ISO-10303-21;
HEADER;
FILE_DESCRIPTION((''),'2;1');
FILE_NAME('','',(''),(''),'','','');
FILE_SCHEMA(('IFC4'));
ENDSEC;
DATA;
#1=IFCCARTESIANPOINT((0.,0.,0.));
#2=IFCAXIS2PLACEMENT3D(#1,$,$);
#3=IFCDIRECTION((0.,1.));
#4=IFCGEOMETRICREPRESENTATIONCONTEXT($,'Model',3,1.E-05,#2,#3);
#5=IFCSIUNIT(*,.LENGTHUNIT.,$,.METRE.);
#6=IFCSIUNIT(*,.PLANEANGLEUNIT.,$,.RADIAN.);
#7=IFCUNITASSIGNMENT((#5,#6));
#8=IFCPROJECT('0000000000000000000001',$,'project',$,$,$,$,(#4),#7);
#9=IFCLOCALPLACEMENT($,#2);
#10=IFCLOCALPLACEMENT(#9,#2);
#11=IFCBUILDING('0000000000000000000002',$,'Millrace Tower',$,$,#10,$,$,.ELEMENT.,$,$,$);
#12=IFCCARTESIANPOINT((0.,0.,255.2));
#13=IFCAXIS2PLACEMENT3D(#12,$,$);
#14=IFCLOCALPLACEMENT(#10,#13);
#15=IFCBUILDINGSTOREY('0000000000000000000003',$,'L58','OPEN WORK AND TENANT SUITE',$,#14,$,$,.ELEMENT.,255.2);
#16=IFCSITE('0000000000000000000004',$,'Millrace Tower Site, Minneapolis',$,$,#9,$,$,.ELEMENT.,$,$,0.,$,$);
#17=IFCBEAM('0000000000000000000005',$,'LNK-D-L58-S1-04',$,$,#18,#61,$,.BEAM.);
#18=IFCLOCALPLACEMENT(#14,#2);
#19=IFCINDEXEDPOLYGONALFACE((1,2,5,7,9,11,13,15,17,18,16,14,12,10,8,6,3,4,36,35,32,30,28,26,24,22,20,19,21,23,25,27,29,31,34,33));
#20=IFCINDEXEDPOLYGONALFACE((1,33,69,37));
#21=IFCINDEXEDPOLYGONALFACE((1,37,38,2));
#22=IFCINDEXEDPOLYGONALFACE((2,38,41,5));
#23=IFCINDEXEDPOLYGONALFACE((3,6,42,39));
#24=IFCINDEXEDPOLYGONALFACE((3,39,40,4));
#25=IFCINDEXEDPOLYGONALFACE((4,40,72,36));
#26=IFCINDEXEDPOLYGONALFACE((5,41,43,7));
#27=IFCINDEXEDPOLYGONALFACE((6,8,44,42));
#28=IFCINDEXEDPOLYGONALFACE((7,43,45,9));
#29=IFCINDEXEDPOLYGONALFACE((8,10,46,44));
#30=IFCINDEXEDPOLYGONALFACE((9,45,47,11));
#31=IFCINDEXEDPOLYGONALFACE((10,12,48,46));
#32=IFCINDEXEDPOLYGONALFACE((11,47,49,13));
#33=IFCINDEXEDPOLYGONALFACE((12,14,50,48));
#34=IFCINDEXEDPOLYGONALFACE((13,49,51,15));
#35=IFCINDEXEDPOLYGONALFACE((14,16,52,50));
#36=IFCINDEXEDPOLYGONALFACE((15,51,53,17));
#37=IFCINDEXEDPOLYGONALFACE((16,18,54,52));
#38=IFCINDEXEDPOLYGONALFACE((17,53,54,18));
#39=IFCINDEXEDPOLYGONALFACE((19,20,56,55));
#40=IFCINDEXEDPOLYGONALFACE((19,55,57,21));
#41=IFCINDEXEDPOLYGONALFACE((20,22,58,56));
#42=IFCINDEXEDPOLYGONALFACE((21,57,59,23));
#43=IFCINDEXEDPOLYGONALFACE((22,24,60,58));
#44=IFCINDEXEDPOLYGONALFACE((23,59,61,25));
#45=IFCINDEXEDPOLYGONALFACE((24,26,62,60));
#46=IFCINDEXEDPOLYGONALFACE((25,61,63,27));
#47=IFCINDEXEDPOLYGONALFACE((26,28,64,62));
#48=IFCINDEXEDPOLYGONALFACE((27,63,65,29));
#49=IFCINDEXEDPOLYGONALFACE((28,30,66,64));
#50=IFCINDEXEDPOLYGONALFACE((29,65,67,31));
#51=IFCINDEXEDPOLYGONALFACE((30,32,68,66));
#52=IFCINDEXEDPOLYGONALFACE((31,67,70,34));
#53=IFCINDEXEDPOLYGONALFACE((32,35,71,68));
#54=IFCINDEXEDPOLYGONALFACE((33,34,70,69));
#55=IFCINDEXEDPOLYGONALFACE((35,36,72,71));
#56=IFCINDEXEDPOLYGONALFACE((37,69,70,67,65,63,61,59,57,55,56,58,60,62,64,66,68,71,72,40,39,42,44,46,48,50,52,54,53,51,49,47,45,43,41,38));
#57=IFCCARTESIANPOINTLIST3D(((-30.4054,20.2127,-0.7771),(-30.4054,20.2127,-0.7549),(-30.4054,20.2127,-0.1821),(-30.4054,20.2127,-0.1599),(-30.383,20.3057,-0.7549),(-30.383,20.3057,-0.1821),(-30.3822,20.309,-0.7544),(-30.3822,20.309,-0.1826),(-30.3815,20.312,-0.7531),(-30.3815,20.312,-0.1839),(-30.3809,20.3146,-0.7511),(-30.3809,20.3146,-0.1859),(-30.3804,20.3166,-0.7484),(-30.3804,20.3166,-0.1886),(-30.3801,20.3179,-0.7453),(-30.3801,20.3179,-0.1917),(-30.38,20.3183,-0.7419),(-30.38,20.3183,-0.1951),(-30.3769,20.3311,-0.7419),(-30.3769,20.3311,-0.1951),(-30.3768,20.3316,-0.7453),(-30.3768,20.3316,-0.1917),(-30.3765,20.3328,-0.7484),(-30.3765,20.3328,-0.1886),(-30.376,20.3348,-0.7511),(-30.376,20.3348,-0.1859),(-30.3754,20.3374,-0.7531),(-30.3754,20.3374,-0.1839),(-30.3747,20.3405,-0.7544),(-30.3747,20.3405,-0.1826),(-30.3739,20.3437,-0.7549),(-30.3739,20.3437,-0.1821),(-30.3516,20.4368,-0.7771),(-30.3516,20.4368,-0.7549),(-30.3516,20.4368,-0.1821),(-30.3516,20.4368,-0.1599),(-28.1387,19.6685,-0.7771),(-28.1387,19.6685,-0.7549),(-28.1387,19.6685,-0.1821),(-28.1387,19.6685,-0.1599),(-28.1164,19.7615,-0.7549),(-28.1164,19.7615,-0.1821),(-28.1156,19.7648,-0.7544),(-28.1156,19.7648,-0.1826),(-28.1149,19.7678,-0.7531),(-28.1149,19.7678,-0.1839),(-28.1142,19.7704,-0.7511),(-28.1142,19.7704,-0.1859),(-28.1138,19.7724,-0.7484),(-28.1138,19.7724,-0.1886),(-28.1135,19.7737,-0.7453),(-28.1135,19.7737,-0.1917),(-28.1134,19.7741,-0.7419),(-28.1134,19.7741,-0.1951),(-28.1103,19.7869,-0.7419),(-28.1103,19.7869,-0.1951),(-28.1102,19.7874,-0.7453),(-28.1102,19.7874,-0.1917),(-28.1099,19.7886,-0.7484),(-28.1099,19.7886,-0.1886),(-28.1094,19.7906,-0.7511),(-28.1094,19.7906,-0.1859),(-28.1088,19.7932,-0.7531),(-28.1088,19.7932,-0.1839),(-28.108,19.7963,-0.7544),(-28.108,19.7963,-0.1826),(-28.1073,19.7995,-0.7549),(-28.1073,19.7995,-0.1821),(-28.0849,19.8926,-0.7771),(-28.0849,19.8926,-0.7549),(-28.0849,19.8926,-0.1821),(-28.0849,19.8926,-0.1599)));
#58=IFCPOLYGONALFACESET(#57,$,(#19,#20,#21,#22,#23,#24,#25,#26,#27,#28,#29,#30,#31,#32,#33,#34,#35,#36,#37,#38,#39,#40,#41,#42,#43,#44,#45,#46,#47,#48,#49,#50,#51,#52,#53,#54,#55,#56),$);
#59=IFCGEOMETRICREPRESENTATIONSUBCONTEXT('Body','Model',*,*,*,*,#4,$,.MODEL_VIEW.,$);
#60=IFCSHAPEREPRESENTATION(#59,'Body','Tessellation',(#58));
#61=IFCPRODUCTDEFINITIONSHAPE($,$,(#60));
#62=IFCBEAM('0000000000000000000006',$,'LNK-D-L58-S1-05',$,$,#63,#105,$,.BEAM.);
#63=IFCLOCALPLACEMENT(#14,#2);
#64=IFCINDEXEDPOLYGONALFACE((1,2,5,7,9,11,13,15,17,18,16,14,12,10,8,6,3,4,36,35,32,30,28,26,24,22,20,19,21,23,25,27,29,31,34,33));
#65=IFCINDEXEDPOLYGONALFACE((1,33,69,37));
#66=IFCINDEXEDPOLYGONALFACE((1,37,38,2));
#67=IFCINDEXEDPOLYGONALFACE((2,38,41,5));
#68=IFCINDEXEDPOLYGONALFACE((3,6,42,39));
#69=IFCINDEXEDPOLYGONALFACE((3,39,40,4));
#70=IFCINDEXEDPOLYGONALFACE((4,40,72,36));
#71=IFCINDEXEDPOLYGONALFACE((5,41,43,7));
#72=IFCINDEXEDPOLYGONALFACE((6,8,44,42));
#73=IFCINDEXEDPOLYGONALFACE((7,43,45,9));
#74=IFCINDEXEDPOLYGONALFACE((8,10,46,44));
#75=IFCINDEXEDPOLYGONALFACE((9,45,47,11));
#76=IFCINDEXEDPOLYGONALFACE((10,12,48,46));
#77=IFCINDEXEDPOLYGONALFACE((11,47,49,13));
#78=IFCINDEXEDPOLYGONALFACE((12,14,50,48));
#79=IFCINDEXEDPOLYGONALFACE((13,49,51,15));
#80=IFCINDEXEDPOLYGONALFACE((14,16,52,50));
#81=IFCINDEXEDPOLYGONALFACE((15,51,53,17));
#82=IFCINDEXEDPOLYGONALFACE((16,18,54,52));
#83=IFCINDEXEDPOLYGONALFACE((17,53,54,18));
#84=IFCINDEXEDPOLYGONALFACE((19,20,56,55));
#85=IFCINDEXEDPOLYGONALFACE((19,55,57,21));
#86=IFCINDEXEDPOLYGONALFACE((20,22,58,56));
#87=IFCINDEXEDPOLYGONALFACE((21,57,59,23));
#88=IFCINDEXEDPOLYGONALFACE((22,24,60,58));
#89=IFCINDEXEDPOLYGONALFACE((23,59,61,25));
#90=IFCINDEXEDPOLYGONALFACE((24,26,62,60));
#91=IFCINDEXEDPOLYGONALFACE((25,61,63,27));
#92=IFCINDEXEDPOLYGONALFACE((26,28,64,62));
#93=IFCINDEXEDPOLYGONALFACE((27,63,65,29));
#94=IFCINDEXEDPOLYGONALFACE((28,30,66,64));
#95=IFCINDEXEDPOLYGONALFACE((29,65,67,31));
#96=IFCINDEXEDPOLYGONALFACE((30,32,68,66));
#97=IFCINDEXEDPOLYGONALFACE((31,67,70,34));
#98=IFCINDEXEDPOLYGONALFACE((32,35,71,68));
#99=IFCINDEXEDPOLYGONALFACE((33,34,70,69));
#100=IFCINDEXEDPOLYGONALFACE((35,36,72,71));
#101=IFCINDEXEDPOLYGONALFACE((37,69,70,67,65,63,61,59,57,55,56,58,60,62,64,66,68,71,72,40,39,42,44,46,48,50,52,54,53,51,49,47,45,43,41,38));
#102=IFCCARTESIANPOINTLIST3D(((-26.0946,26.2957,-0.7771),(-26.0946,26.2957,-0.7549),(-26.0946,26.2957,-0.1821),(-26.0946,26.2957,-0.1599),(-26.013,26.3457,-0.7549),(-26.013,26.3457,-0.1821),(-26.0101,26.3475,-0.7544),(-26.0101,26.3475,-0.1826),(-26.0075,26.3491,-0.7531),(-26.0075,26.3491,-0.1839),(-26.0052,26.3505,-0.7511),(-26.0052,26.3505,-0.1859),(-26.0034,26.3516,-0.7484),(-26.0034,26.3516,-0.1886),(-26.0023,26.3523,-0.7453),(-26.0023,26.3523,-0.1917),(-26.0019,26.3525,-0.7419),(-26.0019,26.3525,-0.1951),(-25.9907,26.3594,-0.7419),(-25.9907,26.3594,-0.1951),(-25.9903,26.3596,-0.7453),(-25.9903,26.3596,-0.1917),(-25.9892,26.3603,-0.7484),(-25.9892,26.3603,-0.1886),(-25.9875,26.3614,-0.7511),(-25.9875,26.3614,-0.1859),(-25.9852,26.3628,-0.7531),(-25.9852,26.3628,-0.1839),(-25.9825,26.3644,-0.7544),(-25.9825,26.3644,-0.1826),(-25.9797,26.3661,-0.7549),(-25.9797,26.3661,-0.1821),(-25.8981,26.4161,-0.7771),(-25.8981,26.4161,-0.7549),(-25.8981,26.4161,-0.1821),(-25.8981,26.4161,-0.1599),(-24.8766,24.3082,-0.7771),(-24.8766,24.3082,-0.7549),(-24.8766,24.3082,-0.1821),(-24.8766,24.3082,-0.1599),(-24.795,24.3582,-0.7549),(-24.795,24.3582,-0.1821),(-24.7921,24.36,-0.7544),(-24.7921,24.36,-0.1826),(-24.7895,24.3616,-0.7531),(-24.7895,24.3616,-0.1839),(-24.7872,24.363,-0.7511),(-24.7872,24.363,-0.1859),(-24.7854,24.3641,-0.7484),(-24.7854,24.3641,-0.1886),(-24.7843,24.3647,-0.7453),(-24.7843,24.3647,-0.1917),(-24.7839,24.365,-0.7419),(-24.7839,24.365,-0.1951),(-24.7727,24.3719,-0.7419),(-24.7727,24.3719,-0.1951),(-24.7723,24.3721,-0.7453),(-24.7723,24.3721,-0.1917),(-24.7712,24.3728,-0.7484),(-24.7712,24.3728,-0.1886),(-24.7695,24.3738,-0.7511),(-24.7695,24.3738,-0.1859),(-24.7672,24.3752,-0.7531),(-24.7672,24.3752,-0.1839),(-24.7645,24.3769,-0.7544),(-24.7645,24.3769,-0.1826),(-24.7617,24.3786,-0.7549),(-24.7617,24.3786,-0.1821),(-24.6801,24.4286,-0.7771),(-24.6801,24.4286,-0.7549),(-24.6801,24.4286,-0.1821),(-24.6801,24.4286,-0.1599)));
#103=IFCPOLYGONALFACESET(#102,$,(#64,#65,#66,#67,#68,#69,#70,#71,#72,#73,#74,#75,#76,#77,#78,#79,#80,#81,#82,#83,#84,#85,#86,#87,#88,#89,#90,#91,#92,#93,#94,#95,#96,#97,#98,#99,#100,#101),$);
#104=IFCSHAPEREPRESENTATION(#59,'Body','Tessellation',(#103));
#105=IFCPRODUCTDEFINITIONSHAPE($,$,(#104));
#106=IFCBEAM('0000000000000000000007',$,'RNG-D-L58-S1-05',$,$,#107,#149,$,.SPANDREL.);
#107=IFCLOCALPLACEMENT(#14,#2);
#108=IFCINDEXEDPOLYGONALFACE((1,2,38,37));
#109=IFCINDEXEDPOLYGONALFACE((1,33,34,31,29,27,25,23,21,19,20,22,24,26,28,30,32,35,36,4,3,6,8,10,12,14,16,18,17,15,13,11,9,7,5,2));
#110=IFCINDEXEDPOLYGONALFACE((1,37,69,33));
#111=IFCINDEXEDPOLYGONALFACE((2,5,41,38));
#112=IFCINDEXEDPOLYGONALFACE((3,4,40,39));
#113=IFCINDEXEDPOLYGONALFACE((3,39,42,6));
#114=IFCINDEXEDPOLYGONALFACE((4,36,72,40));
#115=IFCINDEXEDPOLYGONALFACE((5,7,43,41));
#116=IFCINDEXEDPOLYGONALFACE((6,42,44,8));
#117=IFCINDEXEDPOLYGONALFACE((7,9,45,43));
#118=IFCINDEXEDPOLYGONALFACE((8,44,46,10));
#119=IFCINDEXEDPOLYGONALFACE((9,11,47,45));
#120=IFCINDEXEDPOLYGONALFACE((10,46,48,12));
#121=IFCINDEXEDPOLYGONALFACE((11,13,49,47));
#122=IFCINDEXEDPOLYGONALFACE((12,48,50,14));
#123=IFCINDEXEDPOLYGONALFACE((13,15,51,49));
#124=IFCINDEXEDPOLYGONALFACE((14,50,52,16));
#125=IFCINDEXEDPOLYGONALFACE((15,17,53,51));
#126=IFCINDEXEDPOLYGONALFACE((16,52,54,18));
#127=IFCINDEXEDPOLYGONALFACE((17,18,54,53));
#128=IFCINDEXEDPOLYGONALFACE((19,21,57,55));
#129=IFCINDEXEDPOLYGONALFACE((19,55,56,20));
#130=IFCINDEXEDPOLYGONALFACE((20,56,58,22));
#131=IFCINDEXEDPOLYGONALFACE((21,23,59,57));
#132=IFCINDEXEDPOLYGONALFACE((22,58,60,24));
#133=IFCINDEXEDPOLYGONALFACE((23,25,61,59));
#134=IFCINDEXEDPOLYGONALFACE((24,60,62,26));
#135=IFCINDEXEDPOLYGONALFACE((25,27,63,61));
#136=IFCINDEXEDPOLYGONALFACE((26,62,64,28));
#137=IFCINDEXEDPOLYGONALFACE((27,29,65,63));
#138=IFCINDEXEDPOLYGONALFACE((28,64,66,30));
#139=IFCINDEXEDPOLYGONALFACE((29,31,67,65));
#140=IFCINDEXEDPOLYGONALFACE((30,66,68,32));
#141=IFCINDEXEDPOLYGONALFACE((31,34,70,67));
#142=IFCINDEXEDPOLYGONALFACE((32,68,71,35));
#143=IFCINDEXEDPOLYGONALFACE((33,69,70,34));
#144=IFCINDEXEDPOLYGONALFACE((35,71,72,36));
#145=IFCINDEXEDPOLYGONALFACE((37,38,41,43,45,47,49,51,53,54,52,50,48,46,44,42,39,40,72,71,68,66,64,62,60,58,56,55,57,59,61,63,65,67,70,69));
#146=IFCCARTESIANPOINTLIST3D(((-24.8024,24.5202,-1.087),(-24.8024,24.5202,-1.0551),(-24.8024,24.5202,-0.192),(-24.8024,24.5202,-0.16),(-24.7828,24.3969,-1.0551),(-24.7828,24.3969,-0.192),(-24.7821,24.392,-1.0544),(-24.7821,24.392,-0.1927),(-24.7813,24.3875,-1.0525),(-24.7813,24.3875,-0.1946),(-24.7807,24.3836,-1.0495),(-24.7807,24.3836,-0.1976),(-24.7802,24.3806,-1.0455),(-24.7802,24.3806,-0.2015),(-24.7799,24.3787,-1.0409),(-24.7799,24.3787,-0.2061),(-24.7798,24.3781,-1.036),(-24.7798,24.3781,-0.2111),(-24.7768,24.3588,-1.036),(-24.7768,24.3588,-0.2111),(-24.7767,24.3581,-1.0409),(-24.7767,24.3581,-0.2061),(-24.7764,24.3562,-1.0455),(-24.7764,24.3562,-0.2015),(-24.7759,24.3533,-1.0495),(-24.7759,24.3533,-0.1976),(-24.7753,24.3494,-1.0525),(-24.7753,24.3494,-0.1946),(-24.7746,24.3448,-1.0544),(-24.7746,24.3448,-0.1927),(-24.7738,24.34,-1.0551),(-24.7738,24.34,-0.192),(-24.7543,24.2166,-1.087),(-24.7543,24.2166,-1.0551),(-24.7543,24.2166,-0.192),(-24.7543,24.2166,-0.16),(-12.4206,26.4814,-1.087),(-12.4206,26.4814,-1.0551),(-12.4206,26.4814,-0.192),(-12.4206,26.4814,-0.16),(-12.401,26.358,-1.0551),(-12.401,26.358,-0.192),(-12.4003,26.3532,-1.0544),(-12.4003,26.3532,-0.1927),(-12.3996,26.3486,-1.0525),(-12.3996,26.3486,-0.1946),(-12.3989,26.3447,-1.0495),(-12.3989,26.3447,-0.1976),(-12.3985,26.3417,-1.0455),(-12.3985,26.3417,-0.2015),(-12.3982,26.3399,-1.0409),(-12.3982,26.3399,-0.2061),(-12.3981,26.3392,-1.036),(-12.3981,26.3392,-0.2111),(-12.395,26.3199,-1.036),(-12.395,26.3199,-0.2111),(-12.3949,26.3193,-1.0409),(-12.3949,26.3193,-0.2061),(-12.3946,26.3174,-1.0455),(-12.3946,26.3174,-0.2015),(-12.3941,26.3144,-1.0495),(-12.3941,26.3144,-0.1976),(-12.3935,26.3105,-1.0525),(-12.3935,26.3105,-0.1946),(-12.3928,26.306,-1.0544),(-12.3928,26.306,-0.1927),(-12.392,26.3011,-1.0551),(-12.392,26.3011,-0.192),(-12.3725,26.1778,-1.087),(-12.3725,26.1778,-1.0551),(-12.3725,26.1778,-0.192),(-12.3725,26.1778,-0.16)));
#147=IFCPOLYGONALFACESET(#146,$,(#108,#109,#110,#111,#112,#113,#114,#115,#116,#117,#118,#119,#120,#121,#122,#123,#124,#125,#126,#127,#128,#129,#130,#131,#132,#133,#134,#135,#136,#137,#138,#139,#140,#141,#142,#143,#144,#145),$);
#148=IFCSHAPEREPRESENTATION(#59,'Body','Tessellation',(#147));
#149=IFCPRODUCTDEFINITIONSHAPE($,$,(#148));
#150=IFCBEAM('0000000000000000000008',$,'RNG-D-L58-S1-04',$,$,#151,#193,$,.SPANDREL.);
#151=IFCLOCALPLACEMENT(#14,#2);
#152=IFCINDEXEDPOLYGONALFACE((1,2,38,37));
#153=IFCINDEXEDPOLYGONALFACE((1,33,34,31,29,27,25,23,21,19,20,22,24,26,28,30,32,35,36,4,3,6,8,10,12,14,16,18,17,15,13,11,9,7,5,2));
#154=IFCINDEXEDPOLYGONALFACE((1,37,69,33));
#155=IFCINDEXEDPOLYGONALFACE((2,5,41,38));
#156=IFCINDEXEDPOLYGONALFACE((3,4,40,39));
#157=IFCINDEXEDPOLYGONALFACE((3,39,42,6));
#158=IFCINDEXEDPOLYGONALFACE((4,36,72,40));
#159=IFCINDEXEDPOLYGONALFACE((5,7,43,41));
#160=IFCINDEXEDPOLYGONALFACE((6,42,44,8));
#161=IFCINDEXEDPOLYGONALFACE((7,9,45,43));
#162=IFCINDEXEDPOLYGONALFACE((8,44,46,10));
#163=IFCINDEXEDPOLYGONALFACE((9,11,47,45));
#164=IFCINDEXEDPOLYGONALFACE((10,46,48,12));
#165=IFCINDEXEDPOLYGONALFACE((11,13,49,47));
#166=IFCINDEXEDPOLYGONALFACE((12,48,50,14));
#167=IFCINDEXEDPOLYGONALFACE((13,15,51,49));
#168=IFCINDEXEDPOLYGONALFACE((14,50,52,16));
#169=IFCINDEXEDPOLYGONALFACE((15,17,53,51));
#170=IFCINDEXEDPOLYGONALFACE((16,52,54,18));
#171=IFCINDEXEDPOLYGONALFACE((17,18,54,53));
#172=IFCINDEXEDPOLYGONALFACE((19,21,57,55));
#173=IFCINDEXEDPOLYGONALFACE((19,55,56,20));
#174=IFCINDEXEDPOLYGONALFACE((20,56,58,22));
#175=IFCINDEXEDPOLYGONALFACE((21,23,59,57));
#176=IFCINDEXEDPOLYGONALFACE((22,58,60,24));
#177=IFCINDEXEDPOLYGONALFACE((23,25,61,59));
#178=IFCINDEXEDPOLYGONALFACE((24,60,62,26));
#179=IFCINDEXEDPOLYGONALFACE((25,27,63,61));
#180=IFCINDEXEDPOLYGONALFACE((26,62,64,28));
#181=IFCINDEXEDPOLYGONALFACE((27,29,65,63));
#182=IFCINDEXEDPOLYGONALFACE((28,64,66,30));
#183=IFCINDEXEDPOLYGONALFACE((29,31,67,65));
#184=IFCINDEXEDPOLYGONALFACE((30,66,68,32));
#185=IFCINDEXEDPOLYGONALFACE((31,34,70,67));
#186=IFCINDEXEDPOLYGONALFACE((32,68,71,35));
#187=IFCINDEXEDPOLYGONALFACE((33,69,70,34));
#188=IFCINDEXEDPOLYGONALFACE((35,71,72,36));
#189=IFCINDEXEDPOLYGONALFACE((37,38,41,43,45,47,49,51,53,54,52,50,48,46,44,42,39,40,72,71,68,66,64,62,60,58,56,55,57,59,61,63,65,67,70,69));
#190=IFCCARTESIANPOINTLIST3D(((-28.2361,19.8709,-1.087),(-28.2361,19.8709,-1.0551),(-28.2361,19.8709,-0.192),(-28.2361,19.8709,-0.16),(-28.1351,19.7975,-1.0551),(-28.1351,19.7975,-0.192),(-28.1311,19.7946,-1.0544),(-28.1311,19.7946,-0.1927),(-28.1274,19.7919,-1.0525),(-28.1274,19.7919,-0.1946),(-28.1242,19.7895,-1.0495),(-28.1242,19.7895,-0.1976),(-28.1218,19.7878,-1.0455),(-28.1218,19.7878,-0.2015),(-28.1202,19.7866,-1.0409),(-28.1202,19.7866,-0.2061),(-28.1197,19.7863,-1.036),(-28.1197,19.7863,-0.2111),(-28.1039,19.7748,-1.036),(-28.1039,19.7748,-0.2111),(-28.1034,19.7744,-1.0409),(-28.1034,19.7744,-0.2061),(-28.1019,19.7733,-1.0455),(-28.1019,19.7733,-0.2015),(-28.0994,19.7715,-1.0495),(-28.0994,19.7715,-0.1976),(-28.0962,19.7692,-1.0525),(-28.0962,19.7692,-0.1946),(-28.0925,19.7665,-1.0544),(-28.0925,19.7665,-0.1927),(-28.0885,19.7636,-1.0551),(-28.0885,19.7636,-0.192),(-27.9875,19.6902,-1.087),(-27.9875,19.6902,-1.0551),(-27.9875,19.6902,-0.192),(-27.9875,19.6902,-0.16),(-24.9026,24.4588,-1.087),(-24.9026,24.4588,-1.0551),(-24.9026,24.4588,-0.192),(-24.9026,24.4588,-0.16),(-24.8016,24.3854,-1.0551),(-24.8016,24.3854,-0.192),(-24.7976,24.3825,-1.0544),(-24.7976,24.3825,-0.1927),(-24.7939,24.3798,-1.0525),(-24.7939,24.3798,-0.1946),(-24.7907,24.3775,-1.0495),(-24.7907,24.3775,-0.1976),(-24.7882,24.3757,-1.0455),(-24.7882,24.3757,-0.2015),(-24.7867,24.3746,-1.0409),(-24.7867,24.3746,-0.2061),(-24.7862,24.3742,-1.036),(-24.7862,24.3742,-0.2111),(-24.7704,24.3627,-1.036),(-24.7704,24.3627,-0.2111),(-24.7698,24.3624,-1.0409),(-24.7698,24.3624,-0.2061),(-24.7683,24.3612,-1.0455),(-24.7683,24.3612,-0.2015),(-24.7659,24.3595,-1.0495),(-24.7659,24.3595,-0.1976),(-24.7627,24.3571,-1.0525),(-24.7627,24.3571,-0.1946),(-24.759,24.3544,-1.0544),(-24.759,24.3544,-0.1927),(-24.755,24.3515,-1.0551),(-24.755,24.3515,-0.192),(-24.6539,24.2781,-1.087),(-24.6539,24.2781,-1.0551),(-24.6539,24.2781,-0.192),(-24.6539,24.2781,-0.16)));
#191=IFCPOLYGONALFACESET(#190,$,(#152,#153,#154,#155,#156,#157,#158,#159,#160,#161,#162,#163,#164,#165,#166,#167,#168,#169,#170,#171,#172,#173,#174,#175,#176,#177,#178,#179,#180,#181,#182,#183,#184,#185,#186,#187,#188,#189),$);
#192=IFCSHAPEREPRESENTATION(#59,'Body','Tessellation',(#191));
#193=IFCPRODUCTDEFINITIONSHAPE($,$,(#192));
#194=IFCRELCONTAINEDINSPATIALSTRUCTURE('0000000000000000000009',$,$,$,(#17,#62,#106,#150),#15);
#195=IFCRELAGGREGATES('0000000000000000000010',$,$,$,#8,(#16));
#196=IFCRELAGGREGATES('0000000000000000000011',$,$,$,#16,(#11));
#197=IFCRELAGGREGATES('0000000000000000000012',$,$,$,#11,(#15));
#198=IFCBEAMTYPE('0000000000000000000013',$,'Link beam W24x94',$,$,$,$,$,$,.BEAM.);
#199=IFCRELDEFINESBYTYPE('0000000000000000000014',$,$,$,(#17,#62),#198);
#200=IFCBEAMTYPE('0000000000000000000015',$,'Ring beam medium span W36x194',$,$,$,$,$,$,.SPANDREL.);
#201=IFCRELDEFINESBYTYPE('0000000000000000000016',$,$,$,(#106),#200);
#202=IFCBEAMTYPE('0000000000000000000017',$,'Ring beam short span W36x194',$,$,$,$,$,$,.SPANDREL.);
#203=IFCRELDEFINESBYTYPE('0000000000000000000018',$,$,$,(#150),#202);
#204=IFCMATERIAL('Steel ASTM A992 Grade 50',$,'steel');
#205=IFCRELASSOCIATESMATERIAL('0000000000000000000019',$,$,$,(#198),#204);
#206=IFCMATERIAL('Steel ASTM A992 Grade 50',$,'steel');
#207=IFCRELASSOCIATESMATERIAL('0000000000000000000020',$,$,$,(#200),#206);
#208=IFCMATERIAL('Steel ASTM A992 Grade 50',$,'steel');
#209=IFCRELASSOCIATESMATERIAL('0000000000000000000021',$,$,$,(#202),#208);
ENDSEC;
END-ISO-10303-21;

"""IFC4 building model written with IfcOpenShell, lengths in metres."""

from ifc_helpers import new_model, si_unit, direction, frame, origin, origin_2d, place, context, subcontext, project, spatial, i_section, extrude, material, material_profile, profile_set, type_object, element, save


model = new_model("IFC4")

# Units and contexts
model_context = context("Model", 3, precision=1e-05, world=origin(), true_north=direction((0.0, 1.0)))
body_context = subcontext(model_context, "Body", "Model", "MODEL_VIEW")
ifc_project = project(units=[si_unit("LENGTHUNIT", "METRE"), si_unit("PLANEANGLEUNIT", "RADIAN")], contexts=[model_context])

# Site, building, storey
site_placement = place(None, origin())
site = spatial("IfcSite", under=ifc_project, at=site_placement, Name="Millrace Tower Site, Minneapolis", CompositionType="ELEMENT", RefElevation=0.0)
building_placement = place(site_placement, origin())
building = spatial("IfcBuilding", under=site, at=building_placement, Name="Millrace Tower", CompositionType="ELEMENT")
storey_placement = place(building_placement, frame((0.0, 0.0, 255.2)))
storey = spatial("IfcBuildingStorey", under=building, at=storey_placement, Name="L58", Description="OPEN WORK AND TENANT SUITE", CompositionType="ELEMENT", Elevation=255.2)

# Beams
ifc_material_1 = material(Name="Steel ASTM A992 Grade 50", Category="steel")
ifc_material_profile_1 = material_profile(ifc_material_1, i_section(OverallWidth=0.2305, OverallDepth=0.6172, WebThickness=0.0132, FlangeThickness=0.0222, FilletRadius=0.0129, at=origin_2d()))
ifc_profile_set_1 = profile_set([ifc_material_profile_1], Name="Steel ASTM A992 Grade 50")
beam_type_1 = type_object("IfcBeamType", Name="Link beam W24x94", PredefinedType="BEAM", material=ifc_profile_set_1)
for number, where, z_axis, x_axis, name in (
    (1, (-28.1118, 19.7805, -0.4685), (-0.972367, 0.233456, 0.0), (-0.233456, -0.972367, 0.0), "LNK-D-L58-S1-04"),
    (2, (-24.7783, 24.3684, -0.4685), (-0.522513, 0.852631, 0.0), (-0.852631, -0.522513, 0.0), "LNK-D-L58-S1-05"),
):
    element("IfcBeam", number, at=place(storey_placement, frame(where, z_axis=z_axis, x_axis=x_axis)), inside=storey, type_object=beam_type_1, Name=name, PredefinedType="BEAM", context=body_context, shape_type="SweptSolid", body=[
        extrude(i_section(OverallWidth=0.2305, OverallDepth=0.6172, WebThickness=0.0132, FlangeThickness=0.0222, FilletRadius=0.0129, at=origin_2d()), origin(), (0.0, 0.0, 1.0), 2.3311),
    ])
ifc_material_2 = material(Name="Steel ASTM A992 Grade 50", Category="steel")
ifc_material_profile_2 = material_profile(ifc_material_2, i_section(OverallWidth=0.3074, OverallDepth=0.927, WebThickness=0.0195, FlangeThickness=0.032, FilletRadius=0.019, at=origin_2d()))
ifc_profile_set_2 = profile_set([ifc_material_profile_2], Name="Steel ASTM A992 Grade 50")
beam_type_2 = type_object("IfcBeamType", Name="Ring beam medium span W36x194", PredefinedType="SPANDREL", material=ifc_profile_set_2)
beam_1_placement = place(storey_placement, frame((-24.7783, 24.3684, -0.6235), z_axis=(0.987687, 0.156442, 0.0), x_axis=(-0.156442, 0.987687, 0.0)))
element("IfcBeam", 3, at=beam_1_placement, inside=storey, type_object=beam_type_2, Name="RNG-D-L58-S1-05", PredefinedType="SPANDREL", context=body_context, shape_type="SweptSolid", body=[
    extrude(i_section(OverallWidth=0.3074, OverallDepth=0.927, WebThickness=0.0195, FlangeThickness=0.032, FilletRadius=0.019, at=origin_2d()), origin(), (0.0, 0.0, 1.0), 12.5361),
])
ifc_material_3 = material(Name="Steel ASTM A992 Grade 50", Category="steel")
ifc_material_profile_3 = material_profile(ifc_material_3, i_section(OverallWidth=0.3074, OverallDepth=0.927, WebThickness=0.0195, FlangeThickness=0.032, FilletRadius=0.019, at=origin_2d()))
ifc_profile_set_3 = profile_set([ifc_material_profile_3], Name="Steel ASTM A992 Grade 50")
beam_type_3 = type_object("IfcBeamType", Name="Ring beam short span W36x194", PredefinedType="SPANDREL", material=ifc_profile_set_3)
beam_2_placement = place(storey_placement, frame((-28.1118, 19.7805, -0.6235), z_axis=(0.587808, 0.809, 0.0), x_axis=(-0.809, 0.587808, 0.0)))
element("IfcBeam", 4, at=beam_2_placement, inside=storey, type_object=beam_type_3, Name="RNG-D-L58-S1-04", PredefinedType="SPANDREL", context=body_context, shape_type="SweptSolid", body=[
    extrude(i_section(OverallWidth=0.3074, OverallDepth=0.927, WebThickness=0.0195, FlangeThickness=0.032, FilletRadius=0.019, at=origin_2d()), origin(), (0.0, 0.0, 1.0), 5.6711),
])

save(model, "model.ifc")
